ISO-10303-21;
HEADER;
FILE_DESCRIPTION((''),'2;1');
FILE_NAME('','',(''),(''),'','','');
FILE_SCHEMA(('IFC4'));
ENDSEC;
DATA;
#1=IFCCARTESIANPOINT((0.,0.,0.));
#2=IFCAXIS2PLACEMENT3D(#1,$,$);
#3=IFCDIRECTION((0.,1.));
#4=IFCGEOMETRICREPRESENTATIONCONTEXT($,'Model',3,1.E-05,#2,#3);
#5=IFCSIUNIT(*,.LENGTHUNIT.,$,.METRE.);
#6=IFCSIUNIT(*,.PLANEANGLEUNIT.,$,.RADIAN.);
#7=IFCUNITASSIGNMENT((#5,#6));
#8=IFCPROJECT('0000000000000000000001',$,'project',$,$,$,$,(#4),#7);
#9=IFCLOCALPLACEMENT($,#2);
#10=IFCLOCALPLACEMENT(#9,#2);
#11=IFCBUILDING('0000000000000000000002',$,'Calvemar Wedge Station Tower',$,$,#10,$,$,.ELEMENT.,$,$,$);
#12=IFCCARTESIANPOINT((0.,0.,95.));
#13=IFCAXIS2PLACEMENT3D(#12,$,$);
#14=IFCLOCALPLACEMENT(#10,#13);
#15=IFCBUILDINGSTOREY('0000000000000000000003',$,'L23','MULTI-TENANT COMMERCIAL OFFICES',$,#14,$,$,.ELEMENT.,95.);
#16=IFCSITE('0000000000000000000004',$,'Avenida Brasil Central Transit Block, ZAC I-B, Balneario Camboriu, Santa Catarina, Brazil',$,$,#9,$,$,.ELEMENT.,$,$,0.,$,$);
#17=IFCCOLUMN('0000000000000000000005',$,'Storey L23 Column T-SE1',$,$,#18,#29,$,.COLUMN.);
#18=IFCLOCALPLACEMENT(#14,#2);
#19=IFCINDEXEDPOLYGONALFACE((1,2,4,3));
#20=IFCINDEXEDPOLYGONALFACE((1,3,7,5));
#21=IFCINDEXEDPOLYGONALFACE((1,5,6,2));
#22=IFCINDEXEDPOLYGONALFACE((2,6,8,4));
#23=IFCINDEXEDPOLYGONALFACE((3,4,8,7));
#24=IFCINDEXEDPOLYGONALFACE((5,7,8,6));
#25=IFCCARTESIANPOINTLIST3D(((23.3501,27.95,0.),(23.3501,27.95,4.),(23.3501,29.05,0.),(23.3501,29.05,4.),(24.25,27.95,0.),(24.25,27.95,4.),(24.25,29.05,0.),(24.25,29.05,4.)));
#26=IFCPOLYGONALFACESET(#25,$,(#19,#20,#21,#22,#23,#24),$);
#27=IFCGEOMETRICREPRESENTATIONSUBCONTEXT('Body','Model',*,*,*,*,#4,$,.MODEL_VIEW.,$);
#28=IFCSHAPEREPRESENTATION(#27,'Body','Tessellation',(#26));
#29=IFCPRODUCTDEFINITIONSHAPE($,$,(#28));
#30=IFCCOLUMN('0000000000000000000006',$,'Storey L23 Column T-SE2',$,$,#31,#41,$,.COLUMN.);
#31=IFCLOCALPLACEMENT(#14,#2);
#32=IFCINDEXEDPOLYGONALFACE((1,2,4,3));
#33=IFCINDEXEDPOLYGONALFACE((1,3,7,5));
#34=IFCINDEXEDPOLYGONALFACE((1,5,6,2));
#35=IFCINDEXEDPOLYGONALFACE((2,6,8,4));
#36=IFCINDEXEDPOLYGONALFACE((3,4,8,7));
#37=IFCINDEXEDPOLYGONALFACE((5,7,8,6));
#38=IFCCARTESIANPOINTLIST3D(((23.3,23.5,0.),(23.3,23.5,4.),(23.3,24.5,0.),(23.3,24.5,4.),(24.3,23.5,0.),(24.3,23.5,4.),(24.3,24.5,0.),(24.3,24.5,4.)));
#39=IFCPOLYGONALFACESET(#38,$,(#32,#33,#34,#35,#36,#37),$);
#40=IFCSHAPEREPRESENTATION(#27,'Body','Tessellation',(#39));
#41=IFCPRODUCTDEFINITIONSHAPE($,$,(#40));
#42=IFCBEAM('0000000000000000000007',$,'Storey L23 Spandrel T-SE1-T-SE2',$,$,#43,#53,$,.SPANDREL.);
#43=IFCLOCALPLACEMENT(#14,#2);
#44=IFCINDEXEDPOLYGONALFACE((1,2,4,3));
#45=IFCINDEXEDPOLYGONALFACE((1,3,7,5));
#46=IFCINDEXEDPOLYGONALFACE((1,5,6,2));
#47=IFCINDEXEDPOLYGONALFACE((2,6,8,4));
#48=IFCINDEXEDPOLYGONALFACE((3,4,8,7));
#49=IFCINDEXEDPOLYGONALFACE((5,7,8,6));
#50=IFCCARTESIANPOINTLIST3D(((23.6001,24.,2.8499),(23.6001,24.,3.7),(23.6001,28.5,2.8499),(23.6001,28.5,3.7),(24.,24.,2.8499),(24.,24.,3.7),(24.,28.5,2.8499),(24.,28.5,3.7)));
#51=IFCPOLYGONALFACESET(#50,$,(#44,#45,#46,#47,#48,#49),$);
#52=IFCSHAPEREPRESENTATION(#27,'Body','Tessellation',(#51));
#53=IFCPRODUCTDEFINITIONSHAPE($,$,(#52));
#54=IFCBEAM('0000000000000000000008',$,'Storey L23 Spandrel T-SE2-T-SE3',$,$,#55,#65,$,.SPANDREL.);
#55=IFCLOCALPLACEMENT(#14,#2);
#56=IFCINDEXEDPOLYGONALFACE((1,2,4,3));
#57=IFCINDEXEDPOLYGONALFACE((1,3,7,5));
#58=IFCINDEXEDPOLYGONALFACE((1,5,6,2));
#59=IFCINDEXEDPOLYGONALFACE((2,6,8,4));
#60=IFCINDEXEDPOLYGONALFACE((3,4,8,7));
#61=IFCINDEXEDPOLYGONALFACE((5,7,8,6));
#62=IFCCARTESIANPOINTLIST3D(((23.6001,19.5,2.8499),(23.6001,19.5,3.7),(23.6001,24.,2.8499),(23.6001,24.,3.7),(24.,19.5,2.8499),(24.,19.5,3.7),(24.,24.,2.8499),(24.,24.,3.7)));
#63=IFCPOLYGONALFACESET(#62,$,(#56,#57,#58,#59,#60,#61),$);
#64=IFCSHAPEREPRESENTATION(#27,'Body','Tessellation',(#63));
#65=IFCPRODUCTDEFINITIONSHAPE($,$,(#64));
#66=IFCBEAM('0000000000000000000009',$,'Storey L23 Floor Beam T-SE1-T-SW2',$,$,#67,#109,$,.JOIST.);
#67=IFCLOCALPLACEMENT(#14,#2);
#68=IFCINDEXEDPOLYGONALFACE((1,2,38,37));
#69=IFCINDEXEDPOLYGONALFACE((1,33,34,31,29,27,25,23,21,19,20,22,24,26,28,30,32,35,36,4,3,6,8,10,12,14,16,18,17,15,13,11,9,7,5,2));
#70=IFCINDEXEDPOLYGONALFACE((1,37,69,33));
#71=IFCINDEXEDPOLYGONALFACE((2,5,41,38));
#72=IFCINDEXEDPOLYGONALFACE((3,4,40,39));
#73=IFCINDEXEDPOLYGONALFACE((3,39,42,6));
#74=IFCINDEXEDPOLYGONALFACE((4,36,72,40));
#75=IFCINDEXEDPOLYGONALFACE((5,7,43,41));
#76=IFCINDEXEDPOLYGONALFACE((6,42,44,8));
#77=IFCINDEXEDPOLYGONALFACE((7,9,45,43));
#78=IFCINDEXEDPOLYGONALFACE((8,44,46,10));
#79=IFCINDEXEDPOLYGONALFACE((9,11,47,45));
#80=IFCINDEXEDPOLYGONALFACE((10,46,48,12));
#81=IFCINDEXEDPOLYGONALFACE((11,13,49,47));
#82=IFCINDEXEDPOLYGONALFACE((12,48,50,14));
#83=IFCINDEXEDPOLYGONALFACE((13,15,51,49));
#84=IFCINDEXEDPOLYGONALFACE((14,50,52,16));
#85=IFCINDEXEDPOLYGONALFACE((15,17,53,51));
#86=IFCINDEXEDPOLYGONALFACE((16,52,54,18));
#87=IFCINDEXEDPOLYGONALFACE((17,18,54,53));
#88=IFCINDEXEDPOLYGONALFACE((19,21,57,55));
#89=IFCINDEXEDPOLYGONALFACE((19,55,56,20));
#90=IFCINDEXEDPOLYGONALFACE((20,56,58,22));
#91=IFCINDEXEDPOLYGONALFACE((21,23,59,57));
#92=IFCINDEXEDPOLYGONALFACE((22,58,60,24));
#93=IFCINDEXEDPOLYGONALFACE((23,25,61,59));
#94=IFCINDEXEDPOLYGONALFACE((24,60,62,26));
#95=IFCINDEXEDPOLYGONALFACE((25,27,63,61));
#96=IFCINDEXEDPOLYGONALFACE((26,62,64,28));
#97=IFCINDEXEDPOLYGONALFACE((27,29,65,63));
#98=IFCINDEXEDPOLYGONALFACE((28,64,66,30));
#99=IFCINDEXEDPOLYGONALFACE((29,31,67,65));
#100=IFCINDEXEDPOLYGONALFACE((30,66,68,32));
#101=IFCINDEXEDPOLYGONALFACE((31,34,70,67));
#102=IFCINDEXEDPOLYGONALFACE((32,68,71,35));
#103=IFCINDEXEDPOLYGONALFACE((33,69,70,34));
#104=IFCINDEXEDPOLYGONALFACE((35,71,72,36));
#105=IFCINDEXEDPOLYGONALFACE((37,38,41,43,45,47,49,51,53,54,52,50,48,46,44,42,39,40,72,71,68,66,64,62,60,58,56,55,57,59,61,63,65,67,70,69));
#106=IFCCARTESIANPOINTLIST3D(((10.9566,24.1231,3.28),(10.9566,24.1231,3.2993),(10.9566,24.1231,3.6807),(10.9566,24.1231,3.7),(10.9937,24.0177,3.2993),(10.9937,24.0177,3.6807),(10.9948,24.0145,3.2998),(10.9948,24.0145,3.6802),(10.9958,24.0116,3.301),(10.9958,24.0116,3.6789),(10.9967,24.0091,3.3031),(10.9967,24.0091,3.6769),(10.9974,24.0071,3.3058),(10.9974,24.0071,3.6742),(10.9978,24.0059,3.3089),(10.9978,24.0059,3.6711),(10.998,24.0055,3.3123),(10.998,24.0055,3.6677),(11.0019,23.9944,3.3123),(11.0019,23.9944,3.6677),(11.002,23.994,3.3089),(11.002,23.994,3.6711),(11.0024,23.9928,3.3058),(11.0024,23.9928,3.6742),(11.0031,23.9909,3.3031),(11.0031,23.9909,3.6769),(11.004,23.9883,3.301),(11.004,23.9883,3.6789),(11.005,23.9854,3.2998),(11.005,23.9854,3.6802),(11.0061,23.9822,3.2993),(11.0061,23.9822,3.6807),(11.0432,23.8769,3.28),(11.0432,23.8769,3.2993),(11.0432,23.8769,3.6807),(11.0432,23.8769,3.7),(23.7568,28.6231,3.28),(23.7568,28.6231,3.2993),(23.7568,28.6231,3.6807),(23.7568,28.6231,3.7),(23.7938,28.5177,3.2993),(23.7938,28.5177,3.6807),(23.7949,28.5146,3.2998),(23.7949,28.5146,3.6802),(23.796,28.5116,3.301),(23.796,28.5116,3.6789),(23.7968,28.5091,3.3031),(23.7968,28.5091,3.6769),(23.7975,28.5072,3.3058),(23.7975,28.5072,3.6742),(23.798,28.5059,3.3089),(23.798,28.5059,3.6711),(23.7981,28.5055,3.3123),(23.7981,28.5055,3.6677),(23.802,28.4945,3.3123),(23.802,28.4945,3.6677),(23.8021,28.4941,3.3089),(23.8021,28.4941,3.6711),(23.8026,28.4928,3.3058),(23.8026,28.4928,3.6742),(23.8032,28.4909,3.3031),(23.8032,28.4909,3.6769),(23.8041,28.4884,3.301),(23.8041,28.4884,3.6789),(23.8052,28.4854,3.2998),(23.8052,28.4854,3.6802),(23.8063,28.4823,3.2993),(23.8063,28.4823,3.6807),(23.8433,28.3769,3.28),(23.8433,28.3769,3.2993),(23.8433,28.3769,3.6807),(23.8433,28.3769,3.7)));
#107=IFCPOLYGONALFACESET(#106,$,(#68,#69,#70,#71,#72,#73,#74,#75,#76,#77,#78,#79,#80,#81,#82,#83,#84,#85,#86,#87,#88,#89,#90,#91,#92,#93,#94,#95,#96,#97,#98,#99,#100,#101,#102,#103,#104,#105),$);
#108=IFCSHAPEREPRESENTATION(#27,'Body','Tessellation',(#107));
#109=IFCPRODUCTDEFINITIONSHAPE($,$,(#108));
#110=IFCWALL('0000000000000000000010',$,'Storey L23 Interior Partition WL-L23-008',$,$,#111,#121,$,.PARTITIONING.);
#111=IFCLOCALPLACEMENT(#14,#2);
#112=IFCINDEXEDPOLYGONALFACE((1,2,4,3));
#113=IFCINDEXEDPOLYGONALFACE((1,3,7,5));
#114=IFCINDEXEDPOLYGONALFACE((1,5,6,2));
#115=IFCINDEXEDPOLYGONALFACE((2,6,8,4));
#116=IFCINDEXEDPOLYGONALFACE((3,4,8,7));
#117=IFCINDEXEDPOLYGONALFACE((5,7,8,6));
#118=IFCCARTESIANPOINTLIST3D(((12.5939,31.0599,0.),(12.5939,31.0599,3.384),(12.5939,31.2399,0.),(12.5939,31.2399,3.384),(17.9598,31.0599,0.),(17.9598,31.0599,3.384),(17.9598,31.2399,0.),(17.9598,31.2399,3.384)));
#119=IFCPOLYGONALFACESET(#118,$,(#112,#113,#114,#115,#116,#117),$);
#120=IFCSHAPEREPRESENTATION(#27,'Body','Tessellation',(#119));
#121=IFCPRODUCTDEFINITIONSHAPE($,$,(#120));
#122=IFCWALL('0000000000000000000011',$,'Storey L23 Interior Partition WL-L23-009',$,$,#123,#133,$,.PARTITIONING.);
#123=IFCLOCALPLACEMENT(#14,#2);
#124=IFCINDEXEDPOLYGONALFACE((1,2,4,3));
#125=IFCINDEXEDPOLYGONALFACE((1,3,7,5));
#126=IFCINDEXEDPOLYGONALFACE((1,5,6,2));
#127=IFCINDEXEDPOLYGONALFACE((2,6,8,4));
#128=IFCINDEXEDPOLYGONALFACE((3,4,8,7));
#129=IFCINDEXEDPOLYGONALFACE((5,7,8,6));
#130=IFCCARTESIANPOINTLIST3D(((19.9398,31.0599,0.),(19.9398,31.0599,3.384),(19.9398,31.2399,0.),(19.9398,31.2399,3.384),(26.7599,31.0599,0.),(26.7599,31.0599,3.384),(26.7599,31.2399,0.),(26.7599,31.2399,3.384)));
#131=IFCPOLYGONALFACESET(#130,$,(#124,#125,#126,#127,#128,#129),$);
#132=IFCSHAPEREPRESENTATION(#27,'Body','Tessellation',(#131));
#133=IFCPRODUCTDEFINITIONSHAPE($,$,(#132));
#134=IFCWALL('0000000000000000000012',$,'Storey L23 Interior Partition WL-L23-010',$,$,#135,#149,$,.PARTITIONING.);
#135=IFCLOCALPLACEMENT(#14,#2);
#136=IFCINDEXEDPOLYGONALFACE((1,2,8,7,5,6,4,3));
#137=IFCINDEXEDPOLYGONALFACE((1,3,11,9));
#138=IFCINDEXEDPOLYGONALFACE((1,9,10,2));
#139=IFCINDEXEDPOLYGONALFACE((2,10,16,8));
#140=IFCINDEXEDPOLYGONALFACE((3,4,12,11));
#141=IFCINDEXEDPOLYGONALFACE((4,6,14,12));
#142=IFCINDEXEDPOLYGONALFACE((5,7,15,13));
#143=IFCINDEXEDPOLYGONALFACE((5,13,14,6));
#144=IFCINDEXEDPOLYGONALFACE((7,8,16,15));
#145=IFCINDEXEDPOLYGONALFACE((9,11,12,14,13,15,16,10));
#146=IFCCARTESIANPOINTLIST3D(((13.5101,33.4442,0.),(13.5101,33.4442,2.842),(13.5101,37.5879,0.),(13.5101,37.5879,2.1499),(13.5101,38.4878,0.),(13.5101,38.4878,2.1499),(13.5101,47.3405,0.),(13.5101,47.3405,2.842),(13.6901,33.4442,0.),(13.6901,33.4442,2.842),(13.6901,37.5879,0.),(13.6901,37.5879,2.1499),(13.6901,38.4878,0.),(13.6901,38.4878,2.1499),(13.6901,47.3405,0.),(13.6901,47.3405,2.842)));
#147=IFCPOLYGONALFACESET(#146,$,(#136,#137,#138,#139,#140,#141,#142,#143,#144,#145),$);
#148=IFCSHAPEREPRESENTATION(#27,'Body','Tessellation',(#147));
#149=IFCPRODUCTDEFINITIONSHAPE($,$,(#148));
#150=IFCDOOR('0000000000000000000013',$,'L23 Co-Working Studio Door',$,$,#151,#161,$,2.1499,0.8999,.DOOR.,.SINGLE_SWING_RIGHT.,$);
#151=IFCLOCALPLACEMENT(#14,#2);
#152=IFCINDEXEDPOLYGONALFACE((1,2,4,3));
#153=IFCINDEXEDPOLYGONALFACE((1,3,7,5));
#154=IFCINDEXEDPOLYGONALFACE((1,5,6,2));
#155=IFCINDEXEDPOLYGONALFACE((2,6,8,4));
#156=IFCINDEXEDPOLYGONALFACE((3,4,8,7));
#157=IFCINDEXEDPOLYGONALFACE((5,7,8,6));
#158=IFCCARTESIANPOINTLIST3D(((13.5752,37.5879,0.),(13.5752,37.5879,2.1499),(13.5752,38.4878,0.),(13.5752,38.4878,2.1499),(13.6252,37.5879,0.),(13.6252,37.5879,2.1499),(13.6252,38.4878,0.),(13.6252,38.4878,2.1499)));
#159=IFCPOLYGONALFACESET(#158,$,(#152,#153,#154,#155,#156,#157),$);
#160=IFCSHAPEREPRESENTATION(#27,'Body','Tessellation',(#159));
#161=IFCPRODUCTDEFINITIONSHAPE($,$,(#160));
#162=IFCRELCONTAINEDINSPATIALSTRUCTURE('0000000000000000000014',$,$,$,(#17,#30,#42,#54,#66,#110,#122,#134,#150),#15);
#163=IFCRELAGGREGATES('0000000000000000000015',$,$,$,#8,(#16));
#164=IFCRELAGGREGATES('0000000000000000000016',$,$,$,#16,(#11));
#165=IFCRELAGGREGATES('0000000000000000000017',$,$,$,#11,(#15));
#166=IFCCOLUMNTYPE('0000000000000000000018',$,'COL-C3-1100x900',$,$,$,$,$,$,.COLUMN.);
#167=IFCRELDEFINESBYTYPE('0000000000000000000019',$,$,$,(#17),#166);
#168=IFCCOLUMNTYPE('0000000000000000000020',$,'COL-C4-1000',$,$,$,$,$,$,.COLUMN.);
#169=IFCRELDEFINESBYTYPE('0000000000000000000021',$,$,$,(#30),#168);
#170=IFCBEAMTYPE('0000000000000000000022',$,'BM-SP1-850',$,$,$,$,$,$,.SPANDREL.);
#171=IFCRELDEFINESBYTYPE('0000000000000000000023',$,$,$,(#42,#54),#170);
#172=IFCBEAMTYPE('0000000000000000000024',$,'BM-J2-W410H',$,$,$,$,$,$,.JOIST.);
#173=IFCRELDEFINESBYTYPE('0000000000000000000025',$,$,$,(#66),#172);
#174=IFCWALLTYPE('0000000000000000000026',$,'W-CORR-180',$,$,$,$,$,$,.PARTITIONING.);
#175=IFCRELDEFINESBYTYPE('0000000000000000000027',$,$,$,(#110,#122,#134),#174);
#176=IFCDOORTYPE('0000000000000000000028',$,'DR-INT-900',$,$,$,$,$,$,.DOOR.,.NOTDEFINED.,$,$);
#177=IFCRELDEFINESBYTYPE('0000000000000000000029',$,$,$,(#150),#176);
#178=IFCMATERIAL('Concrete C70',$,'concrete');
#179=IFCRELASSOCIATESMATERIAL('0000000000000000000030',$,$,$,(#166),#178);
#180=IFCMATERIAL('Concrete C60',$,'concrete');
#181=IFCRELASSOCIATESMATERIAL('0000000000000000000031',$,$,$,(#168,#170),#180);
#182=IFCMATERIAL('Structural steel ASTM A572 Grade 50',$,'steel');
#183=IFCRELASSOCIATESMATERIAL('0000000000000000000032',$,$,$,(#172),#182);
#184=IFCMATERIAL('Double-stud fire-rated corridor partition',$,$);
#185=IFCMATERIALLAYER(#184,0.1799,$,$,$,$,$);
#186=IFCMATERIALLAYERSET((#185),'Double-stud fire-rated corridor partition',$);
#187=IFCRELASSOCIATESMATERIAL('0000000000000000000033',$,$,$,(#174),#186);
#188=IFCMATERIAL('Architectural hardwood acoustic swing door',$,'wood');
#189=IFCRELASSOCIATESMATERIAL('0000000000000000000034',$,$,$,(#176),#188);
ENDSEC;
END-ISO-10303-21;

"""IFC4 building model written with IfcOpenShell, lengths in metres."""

from ifc_helpers import new_model, si_unit, direction, frame, frame_2d, origin, origin_2d, place, context, subcontext, project, spatial, rectangle, i_section, extrude, source, transform, mapped, material, layer, layer_set, material_profile, profile_set, type_object, element, fill, save


model = new_model("IFC4")

# Units and contexts
model_context = context("Model", 3, precision=1e-05, world=origin(), true_north=direction((0.0, 1.0)))
body_context = subcontext(model_context, "Body", "Model", "MODEL_VIEW")
ifc_project = project(units=[si_unit("LENGTHUNIT", "METRE"), si_unit("PLANEANGLEUNIT", "RADIAN")], contexts=[model_context])

# Site, building, storey
site_placement = place(None, origin())
site = spatial("IfcSite", under=ifc_project, at=site_placement, Name="Avenida Brasil Central Transit Block, ZAC I-B, Balneario Camboriu, Santa Catarina, Brazil", CompositionType="ELEMENT", RefElevation=0.0)
building_placement = place(site_placement, origin())
building = spatial("IfcBuilding", under=site, at=building_placement, Name="Calvemar Wedge Station Tower", CompositionType="ELEMENT")
storey_placement = place(building_placement, frame((0.0, 0.0, 95.0)))
storey = spatial("IfcBuildingStorey", under=building, at=storey_placement, Name="L23", Description="MULTI-TENANT COMMERCIAL OFFICES", CompositionType="ELEMENT", Elevation=95.0)

# Columns
ifc_material_1 = material(Name="Concrete C70", Category="concrete")
ifc_material_profile_1 = material_profile(ifc_material_1, rectangle(XDim=0.8999, YDim=1.1001, at=origin_2d()), Name="RC1100x900")
ifc_profile_set_1 = profile_set([ifc_material_profile_1], Name="Concrete C70")
column_type_1 = type_object("IfcColumnType", Name="COL-C3-1100x900", PredefinedType="COLUMN", material=ifc_profile_set_1)
shared_shape_1 = source(origin(), body_context, "Body", "SweptSolid", [
    extrude(rectangle(XDim=0.8999, YDim=1.1001, at=origin_2d()), origin(), (0.0, 0.0, 1.0), 4.0),
])
column_1_placement = place(storey_placement, frame((23.8, 28.5, 0.0), z_axis=(0.0, 0.0, 1.0), x_axis=(1.0, 0.0, 0.0)))
element("IfcColumn", 1, at=column_1_placement, inside=storey, type_object=column_type_1, Name="Storey L23 Column T-SE1", PredefinedType="COLUMN", context=body_context, shape_type="MappedRepresentation", body=[
    mapped(shared_shape_1, transform((0.0, 0.0, 0.0), scale=1.0)),
])
ifc_material_2 = material(Name="Concrete C60", Category="concrete")
ifc_material_profile_2 = material_profile(ifc_material_2, rectangle(XDim=1.0, YDim=1.0, at=origin_2d()), Name="RC1000x1000")
ifc_profile_set_2 = profile_set([ifc_material_profile_2], Name="Concrete C60")
column_type_2 = type_object("IfcColumnType", Name="COL-C4-1000", PredefinedType="COLUMN", material=ifc_profile_set_2)
shared_shape_2 = source(origin(), body_context, "Body", "SweptSolid", [
    extrude(rectangle(XDim=1.0, YDim=1.0, at=origin_2d()), origin(), (0.0, 0.0, 1.0), 4.0),
])
column_2_placement = place(storey_placement, frame((23.8, 24.0, 0.0), z_axis=(0.0, 0.0, 1.0), x_axis=(1.0, 0.0, 0.0)))
element("IfcColumn", 2, at=column_2_placement, inside=storey, type_object=column_type_2, Name="Storey L23 Column T-SE2", PredefinedType="COLUMN", context=body_context, shape_type="MappedRepresentation", body=[
    mapped(shared_shape_2, transform((0.0, 0.0, 0.0), scale=1.0)),
])

# Beams
ifc_material_profile_3 = material_profile(ifc_material_2, rectangle(XDim=0.3999, YDim=0.8501, at=origin_2d()), Name="RC400x850")
ifc_profile_set_3 = profile_set([ifc_material_profile_3], Name="Concrete C60")
beam_type_1 = type_object("IfcBeamType", Name="BM-SP1-850", PredefinedType="SPANDREL", material=ifc_profile_set_3)
shared_shape_3 = source(origin(), body_context, "Body", "SweptSolid", [
    extrude(rectangle(XDim=0.3999, YDim=0.8501, at=origin_2d()), origin(), (0.0, 0.0, 1.0), 4.5),
])
for number, where, z_axis, x_axis, name in (
    (3, (23.8, 28.5, 3.2749), (0.0, -1.0, 0.0), (1.0, 0.0, 0.0), "Storey L23 Spandrel T-SE1-T-SE2"),
    (4, (23.8, 24.0, 3.2749), (0.0, -1.0, 0.0), (1.0, 0.0, 0.0), "Storey L23 Spandrel T-SE2-T-SE3"),
):
    element("IfcBeam", number, at=place(storey_placement, frame(where, z_axis=z_axis, x_axis=x_axis)), inside=storey, type_object=beam_type_1, Name=name, PredefinedType="SPANDREL", context=body_context, shape_type="MappedRepresentation", body=[
        mapped(shared_shape_3, transform((0.0, 0.0, 0.0), scale=1.0)),
    ])
ifc_material_3 = material(Name="Structural steel ASTM A572 Grade 50", Category="steel")
ifc_material_profile_4 = material_profile(ifc_material_3, i_section(OverallWidth=0.261, OverallDepth=0.4199, WebThickness=0.0117, FlangeThickness=0.0193, FilletRadius=0.0129, at=origin_2d()), Name="W410x114")
ifc_profile_set_4 = profile_set([ifc_material_profile_4], Name="Structural steel ASTM A572 Grade 50")
beam_type_2 = type_object("IfcBeamType", Name="BM-J2-W410H", PredefinedType="JOIST", material=ifc_profile_set_4)
shared_shape_4 = source(origin(), body_context, "Body", "SweptSolid", [
    extrude(i_section(OverallWidth=0.261, OverallDepth=0.4199, WebThickness=0.0117, FlangeThickness=0.0193, FilletRadius=0.0129, at=origin_2d()), origin(), (0.0, 0.0, 1.0), 13.5681),
])
beam_placement = place(storey_placement, frame((23.8, 28.5, 3.49), z_axis=(-0.943398, -0.331662, 0.0), x_axis=(0.331662, -0.943398, 0.0)))
element("IfcBeam", 5, at=beam_placement, inside=storey, type_object=beam_type_2, Name="Storey L23 Floor Beam T-SE1-T-SW2", PredefinedType="JOIST", context=body_context, shape_type="MappedRepresentation", body=[
    mapped(shared_shape_4, transform((0.0, 0.0, 0.0), scale=1.0)),
])

# Walls
ifc_material_4 = material(Name="Double-stud fire-rated corridor partition")
ifc_layer_1 = layer(ifc_material_4, 0.1799)
ifc_layer_set_1 = layer_set([ifc_layer_1], Name="Double-stud fire-rated corridor partition")
wall_type_1 = type_object("IfcWallType", Name="W-CORR-180", PredefinedType="PARTITIONING", material=ifc_layer_set_1)
wall_1_placement = place(storey_placement, frame((17.96, 31.1499, 0.0), z_axis=(0.0, 0.0, 1.0), x_axis=(-1.0, 0.0, 0.0)))
element("IfcWall", 6, at=wall_1_placement, inside=storey, type_object=wall_type_1, Name="Storey L23 Interior Partition WL-L23-008", PredefinedType="PARTITIONING", context=body_context, shape_type="SweptSolid", body=[
    extrude(rectangle(XDim=5.366, YDim=0.1799, at=frame_2d((2.6831, 0.0))), origin(), (0.0, 0.0, 1.0), 3.384),
])
wall_2_placement = place(storey_placement, frame((26.76, 31.1499, 0.0), z_axis=(0.0, 0.0, 1.0), x_axis=(-1.0, 0.0, 0.0)))
element("IfcWall", 7, at=wall_2_placement, inside=storey, type_object=wall_type_1, Name="Storey L23 Interior Partition WL-L23-009", PredefinedType="PARTITIONING", context=body_context, shape_type="SweptSolid", body=[
    extrude(rectangle(XDim=6.8201, YDim=0.1799, at=frame_2d((3.4102, 0.0))), origin(), (0.0, 0.0, 1.0), 3.384),
])

# Wall, opening, door
wall_3_placement = place(storey_placement, frame((13.6001, 33.4441, 0.0), z_axis=(0.0, 0.0, 1.0), x_axis=(0.0, 1.0, 0.0)))
wall_3 = element("IfcWall", 8, at=wall_3_placement, inside=storey, type_object=wall_type_1, Name="Storey L23 Interior Partition WL-L23-010", PredefinedType="PARTITIONING", context=body_context, shape_type="SweptSolid", body=[
    extrude(rectangle(XDim=13.8962, YDim=0.1799, at=frame_2d((6.9482, 0.0))), origin(), (0.0, 0.0, 1.0), 2.842),
])
shared_shape_5 = source(origin(), body_context, "Body", "SweptSolid", [
    extrude(rectangle(XDim=0.8999, YDim=2.1499, at=frame_2d((0.45, 1.075))), frame((0.0, 0.1001, 0.0), z_axis=(0.0, -1.0, 0.0), x_axis=(1.0, 0.0, 0.0)), (0.0, 0.0, 1.0), 0.2),
])
opening_1_placement = place(wall_3_placement, frame((4.1438, 0.0, 0.0)))
opening_1 = element("IfcOpeningElement", 9, at=opening_1_placement, cuts=wall_3, PredefinedType="OPENING", context=body_context, shape_type="MappedRepresentation", body=[
    mapped(shared_shape_5, transform((0.0, 0.0, 0.0), scale=1.0)),
])
ifc_material_5 = material(Name="Architectural hardwood acoustic swing door", Category="wood")
door_type_1 = type_object("IfcDoorType", Name="DR-INT-900", OperationType="NOTDEFINED", PredefinedType="DOOR", material=ifc_material_5)
shared_shape_6 = source(origin(), body_context, "Body", "SweptSolid", [
    extrude(rectangle(XDim=0.8999, YDim=2.1499, at=frame_2d((0.45, 1.075))), frame((0.0, 0.0249, 0.0), z_axis=(0.0, -1.0, 0.0), x_axis=(1.0, 0.0, 0.0)), (0.0, 0.0, 1.0), 0.05),
])
door_1_placement = place(opening_1_placement, origin())
door_1 = element("IfcDoor", 10, at=door_1_placement, inside=storey, type_object=door_type_1, Name="L23 Co-Working Studio Door", OperationType="SINGLE_SWING_RIGHT", OverallHeight=2.1499, OverallWidth=0.8999, PredefinedType="DOOR", context=body_context, shape_type="MappedRepresentation", body=[
    mapped(shared_shape_6, transform((0.0, 0.0, 0.0), scale=1.0)),
])
fill(opening_1, door_1)

save(model, "model.ifc")
